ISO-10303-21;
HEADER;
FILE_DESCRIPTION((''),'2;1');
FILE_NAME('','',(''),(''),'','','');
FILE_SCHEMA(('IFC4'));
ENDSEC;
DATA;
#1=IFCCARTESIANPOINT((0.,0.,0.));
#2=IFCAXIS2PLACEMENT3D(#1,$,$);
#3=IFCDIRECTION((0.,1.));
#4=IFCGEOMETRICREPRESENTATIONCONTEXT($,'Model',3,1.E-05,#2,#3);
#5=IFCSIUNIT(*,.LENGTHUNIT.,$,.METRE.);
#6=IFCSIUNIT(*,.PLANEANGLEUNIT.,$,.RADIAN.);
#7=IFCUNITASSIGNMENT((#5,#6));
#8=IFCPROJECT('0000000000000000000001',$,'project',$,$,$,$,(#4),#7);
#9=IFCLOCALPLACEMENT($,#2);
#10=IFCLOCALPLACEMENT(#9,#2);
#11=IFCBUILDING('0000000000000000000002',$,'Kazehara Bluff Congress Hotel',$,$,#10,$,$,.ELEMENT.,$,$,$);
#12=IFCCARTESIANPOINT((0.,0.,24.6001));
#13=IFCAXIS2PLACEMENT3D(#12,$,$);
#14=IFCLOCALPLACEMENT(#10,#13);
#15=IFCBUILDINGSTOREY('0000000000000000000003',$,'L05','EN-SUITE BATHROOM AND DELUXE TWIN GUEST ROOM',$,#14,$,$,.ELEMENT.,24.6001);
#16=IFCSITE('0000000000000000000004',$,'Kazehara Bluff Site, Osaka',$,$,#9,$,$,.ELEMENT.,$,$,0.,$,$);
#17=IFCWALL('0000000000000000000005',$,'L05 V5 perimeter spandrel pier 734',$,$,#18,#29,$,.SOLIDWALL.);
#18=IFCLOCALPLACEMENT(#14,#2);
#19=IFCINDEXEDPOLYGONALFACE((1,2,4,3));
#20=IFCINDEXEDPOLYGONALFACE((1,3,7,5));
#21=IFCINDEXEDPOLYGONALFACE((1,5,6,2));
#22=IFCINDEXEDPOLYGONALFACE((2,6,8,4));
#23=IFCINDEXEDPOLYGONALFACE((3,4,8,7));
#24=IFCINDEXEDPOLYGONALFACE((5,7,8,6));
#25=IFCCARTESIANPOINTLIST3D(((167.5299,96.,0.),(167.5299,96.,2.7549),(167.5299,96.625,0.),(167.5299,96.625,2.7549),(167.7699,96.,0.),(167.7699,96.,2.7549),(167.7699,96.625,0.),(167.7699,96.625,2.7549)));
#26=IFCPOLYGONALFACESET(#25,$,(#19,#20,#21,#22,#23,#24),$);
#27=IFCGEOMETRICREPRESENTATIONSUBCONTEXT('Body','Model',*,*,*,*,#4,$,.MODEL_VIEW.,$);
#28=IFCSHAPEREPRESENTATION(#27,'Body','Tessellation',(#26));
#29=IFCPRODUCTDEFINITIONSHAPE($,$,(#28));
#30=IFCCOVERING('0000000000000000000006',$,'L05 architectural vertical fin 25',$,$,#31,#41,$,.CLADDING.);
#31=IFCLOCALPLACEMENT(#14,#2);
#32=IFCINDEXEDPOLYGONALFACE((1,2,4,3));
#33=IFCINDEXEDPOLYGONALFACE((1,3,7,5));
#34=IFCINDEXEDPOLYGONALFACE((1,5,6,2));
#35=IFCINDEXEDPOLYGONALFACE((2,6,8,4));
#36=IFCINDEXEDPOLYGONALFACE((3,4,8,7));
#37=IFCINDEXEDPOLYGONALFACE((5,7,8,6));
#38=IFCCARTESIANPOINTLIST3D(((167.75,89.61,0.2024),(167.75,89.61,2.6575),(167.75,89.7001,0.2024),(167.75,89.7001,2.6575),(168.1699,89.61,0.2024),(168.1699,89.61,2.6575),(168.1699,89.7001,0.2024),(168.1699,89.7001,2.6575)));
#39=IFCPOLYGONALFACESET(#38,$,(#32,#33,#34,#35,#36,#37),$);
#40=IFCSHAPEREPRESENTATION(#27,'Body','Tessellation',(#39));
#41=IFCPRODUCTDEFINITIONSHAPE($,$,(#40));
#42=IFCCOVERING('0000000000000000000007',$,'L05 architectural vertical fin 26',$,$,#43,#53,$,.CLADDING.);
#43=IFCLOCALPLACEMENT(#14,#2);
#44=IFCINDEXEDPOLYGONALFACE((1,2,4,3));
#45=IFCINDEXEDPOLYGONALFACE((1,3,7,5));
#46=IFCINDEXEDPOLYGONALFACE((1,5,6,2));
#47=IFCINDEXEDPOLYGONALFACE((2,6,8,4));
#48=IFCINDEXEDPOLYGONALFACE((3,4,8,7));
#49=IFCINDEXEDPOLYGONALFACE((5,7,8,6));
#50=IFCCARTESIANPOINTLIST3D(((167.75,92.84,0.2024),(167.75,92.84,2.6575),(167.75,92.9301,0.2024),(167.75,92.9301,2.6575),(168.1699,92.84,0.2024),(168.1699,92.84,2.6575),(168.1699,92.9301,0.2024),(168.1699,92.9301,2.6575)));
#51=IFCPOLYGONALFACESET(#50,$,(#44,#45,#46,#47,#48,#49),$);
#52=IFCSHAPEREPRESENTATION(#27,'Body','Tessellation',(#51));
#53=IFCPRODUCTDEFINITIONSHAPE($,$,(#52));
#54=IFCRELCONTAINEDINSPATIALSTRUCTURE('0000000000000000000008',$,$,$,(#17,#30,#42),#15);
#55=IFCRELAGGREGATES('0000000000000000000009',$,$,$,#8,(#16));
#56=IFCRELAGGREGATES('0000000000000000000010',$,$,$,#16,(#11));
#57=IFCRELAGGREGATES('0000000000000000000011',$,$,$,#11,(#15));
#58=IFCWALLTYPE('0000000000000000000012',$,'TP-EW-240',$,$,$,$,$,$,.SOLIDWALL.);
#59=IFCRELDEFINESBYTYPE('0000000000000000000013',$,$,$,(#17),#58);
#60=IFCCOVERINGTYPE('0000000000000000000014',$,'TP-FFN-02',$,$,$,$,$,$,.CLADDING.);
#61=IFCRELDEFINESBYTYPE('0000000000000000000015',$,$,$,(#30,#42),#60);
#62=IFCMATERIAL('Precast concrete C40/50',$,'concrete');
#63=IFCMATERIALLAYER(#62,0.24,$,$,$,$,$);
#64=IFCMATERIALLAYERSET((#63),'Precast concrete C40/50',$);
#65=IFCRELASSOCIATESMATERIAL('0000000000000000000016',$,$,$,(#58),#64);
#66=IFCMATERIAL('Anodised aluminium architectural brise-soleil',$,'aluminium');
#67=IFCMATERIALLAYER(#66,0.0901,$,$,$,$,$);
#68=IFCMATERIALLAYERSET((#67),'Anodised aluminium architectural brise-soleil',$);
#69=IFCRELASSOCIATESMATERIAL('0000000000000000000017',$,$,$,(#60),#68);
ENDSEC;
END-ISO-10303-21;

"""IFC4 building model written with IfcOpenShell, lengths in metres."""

from ifc_helpers import new_model, si_unit, direction, frame, frame_2d, origin, origin_2d, place, context, subcontext, project, spatial, rectangle, extrude, material, layer, layer_set, type_object, element, save


model = new_model("IFC4")

# Units and contexts
model_context = context("Model", 3, precision=1e-05, world=origin(), true_north=direction((0.0, 1.0)))
body_context = subcontext(model_context, "Body", "Model", "MODEL_VIEW")
ifc_project = project(units=[si_unit("LENGTHUNIT", "METRE"), si_unit("PLANEANGLEUNIT", "RADIAN")], contexts=[model_context])

# Site, building, storey
site_placement = place(None, origin())
site = spatial("IfcSite", under=ifc_project, at=site_placement, Name="Kazehara Bluff Site, Osaka", CompositionType="ELEMENT", RefElevation=0.0)
building_placement = place(site_placement, origin())
building = spatial("IfcBuilding", under=site, at=building_placement, Name="Kazehara Bluff Congress Hotel", CompositionType="ELEMENT")
storey_placement = place(building_placement, frame((0.0, 0.0, 24.6001)))
storey = spatial("IfcBuildingStorey", under=building, at=storey_placement, Name="L05", Description="EN-SUITE BATHROOM AND DELUXE TWIN GUEST ROOM", CompositionType="ELEMENT", Elevation=24.6001)

# Wall
ifc_material_1 = material(Name="Precast concrete C40/50", Category="concrete")
ifc_layer_1 = layer(ifc_material_1, 0.24)
ifc_layer_set_1 = layer_set([ifc_layer_1], Name="Precast concrete C40/50")
wall_type = type_object("IfcWallType", Name="TP-EW-240", PredefinedType="SOLIDWALL", material=ifc_layer_set_1)
wall_placement = place(storey_placement, frame((167.6499, 96.625, 0.0), z_axis=(0.0, 0.0, 1.0), x_axis=(0.0, -1.0, 0.0)))
element("IfcWall", 1, at=wall_placement, inside=storey, type_object=wall_type, Name="L05 V5 perimeter spandrel pier 734", PredefinedType="SOLIDWALL", context=body_context, shape_type="SweptSolid", body=[
    extrude(rectangle(XDim=0.625, YDim=0.24, at=frame_2d((0.3125, 0.0))), origin(), (0.0, 0.0, 1.0), 2.7549),
])

# Coverings
ifc_material_2 = material(Name="Anodised aluminium architectural brise-soleil", Category="aluminium")
ifc_layer_2 = layer(ifc_material_2, 0.0901)
ifc_layer_set_2 = layer_set([ifc_layer_2], Name="Anodised aluminium architectural brise-soleil")
covering_type = type_object("IfcCoveringType", Name="TP-FFN-02", PredefinedType="CLADDING", material=ifc_layer_set_2)
for number, where, z_axis, x_axis, name in (
    (2, (167.96, 89.655, 0.2024), (0.0, 0.0, 1.0), (1.0, 0.0, 0.0), "L05 architectural vertical fin 25"),
    (3, (167.96, 92.885, 0.2024), (0.0, 0.0, 1.0), (1.0, 0.0, 0.0), "L05 architectural vertical fin 26"),
):
    element("IfcCovering", number, at=place(storey_placement, frame(where, z_axis=z_axis, x_axis=x_axis)), inside=storey, type_object=covering_type, Name=name, PredefinedType="CLADDING", context=body_context, shape_type="SweptSolid", body=[
        extrude(rectangle(XDim=0.4199, YDim=0.0901, at=origin_2d()), origin(), (0.0, 0.0, 1.0), 2.4551),
    ])

save(model, "model.ifc")
